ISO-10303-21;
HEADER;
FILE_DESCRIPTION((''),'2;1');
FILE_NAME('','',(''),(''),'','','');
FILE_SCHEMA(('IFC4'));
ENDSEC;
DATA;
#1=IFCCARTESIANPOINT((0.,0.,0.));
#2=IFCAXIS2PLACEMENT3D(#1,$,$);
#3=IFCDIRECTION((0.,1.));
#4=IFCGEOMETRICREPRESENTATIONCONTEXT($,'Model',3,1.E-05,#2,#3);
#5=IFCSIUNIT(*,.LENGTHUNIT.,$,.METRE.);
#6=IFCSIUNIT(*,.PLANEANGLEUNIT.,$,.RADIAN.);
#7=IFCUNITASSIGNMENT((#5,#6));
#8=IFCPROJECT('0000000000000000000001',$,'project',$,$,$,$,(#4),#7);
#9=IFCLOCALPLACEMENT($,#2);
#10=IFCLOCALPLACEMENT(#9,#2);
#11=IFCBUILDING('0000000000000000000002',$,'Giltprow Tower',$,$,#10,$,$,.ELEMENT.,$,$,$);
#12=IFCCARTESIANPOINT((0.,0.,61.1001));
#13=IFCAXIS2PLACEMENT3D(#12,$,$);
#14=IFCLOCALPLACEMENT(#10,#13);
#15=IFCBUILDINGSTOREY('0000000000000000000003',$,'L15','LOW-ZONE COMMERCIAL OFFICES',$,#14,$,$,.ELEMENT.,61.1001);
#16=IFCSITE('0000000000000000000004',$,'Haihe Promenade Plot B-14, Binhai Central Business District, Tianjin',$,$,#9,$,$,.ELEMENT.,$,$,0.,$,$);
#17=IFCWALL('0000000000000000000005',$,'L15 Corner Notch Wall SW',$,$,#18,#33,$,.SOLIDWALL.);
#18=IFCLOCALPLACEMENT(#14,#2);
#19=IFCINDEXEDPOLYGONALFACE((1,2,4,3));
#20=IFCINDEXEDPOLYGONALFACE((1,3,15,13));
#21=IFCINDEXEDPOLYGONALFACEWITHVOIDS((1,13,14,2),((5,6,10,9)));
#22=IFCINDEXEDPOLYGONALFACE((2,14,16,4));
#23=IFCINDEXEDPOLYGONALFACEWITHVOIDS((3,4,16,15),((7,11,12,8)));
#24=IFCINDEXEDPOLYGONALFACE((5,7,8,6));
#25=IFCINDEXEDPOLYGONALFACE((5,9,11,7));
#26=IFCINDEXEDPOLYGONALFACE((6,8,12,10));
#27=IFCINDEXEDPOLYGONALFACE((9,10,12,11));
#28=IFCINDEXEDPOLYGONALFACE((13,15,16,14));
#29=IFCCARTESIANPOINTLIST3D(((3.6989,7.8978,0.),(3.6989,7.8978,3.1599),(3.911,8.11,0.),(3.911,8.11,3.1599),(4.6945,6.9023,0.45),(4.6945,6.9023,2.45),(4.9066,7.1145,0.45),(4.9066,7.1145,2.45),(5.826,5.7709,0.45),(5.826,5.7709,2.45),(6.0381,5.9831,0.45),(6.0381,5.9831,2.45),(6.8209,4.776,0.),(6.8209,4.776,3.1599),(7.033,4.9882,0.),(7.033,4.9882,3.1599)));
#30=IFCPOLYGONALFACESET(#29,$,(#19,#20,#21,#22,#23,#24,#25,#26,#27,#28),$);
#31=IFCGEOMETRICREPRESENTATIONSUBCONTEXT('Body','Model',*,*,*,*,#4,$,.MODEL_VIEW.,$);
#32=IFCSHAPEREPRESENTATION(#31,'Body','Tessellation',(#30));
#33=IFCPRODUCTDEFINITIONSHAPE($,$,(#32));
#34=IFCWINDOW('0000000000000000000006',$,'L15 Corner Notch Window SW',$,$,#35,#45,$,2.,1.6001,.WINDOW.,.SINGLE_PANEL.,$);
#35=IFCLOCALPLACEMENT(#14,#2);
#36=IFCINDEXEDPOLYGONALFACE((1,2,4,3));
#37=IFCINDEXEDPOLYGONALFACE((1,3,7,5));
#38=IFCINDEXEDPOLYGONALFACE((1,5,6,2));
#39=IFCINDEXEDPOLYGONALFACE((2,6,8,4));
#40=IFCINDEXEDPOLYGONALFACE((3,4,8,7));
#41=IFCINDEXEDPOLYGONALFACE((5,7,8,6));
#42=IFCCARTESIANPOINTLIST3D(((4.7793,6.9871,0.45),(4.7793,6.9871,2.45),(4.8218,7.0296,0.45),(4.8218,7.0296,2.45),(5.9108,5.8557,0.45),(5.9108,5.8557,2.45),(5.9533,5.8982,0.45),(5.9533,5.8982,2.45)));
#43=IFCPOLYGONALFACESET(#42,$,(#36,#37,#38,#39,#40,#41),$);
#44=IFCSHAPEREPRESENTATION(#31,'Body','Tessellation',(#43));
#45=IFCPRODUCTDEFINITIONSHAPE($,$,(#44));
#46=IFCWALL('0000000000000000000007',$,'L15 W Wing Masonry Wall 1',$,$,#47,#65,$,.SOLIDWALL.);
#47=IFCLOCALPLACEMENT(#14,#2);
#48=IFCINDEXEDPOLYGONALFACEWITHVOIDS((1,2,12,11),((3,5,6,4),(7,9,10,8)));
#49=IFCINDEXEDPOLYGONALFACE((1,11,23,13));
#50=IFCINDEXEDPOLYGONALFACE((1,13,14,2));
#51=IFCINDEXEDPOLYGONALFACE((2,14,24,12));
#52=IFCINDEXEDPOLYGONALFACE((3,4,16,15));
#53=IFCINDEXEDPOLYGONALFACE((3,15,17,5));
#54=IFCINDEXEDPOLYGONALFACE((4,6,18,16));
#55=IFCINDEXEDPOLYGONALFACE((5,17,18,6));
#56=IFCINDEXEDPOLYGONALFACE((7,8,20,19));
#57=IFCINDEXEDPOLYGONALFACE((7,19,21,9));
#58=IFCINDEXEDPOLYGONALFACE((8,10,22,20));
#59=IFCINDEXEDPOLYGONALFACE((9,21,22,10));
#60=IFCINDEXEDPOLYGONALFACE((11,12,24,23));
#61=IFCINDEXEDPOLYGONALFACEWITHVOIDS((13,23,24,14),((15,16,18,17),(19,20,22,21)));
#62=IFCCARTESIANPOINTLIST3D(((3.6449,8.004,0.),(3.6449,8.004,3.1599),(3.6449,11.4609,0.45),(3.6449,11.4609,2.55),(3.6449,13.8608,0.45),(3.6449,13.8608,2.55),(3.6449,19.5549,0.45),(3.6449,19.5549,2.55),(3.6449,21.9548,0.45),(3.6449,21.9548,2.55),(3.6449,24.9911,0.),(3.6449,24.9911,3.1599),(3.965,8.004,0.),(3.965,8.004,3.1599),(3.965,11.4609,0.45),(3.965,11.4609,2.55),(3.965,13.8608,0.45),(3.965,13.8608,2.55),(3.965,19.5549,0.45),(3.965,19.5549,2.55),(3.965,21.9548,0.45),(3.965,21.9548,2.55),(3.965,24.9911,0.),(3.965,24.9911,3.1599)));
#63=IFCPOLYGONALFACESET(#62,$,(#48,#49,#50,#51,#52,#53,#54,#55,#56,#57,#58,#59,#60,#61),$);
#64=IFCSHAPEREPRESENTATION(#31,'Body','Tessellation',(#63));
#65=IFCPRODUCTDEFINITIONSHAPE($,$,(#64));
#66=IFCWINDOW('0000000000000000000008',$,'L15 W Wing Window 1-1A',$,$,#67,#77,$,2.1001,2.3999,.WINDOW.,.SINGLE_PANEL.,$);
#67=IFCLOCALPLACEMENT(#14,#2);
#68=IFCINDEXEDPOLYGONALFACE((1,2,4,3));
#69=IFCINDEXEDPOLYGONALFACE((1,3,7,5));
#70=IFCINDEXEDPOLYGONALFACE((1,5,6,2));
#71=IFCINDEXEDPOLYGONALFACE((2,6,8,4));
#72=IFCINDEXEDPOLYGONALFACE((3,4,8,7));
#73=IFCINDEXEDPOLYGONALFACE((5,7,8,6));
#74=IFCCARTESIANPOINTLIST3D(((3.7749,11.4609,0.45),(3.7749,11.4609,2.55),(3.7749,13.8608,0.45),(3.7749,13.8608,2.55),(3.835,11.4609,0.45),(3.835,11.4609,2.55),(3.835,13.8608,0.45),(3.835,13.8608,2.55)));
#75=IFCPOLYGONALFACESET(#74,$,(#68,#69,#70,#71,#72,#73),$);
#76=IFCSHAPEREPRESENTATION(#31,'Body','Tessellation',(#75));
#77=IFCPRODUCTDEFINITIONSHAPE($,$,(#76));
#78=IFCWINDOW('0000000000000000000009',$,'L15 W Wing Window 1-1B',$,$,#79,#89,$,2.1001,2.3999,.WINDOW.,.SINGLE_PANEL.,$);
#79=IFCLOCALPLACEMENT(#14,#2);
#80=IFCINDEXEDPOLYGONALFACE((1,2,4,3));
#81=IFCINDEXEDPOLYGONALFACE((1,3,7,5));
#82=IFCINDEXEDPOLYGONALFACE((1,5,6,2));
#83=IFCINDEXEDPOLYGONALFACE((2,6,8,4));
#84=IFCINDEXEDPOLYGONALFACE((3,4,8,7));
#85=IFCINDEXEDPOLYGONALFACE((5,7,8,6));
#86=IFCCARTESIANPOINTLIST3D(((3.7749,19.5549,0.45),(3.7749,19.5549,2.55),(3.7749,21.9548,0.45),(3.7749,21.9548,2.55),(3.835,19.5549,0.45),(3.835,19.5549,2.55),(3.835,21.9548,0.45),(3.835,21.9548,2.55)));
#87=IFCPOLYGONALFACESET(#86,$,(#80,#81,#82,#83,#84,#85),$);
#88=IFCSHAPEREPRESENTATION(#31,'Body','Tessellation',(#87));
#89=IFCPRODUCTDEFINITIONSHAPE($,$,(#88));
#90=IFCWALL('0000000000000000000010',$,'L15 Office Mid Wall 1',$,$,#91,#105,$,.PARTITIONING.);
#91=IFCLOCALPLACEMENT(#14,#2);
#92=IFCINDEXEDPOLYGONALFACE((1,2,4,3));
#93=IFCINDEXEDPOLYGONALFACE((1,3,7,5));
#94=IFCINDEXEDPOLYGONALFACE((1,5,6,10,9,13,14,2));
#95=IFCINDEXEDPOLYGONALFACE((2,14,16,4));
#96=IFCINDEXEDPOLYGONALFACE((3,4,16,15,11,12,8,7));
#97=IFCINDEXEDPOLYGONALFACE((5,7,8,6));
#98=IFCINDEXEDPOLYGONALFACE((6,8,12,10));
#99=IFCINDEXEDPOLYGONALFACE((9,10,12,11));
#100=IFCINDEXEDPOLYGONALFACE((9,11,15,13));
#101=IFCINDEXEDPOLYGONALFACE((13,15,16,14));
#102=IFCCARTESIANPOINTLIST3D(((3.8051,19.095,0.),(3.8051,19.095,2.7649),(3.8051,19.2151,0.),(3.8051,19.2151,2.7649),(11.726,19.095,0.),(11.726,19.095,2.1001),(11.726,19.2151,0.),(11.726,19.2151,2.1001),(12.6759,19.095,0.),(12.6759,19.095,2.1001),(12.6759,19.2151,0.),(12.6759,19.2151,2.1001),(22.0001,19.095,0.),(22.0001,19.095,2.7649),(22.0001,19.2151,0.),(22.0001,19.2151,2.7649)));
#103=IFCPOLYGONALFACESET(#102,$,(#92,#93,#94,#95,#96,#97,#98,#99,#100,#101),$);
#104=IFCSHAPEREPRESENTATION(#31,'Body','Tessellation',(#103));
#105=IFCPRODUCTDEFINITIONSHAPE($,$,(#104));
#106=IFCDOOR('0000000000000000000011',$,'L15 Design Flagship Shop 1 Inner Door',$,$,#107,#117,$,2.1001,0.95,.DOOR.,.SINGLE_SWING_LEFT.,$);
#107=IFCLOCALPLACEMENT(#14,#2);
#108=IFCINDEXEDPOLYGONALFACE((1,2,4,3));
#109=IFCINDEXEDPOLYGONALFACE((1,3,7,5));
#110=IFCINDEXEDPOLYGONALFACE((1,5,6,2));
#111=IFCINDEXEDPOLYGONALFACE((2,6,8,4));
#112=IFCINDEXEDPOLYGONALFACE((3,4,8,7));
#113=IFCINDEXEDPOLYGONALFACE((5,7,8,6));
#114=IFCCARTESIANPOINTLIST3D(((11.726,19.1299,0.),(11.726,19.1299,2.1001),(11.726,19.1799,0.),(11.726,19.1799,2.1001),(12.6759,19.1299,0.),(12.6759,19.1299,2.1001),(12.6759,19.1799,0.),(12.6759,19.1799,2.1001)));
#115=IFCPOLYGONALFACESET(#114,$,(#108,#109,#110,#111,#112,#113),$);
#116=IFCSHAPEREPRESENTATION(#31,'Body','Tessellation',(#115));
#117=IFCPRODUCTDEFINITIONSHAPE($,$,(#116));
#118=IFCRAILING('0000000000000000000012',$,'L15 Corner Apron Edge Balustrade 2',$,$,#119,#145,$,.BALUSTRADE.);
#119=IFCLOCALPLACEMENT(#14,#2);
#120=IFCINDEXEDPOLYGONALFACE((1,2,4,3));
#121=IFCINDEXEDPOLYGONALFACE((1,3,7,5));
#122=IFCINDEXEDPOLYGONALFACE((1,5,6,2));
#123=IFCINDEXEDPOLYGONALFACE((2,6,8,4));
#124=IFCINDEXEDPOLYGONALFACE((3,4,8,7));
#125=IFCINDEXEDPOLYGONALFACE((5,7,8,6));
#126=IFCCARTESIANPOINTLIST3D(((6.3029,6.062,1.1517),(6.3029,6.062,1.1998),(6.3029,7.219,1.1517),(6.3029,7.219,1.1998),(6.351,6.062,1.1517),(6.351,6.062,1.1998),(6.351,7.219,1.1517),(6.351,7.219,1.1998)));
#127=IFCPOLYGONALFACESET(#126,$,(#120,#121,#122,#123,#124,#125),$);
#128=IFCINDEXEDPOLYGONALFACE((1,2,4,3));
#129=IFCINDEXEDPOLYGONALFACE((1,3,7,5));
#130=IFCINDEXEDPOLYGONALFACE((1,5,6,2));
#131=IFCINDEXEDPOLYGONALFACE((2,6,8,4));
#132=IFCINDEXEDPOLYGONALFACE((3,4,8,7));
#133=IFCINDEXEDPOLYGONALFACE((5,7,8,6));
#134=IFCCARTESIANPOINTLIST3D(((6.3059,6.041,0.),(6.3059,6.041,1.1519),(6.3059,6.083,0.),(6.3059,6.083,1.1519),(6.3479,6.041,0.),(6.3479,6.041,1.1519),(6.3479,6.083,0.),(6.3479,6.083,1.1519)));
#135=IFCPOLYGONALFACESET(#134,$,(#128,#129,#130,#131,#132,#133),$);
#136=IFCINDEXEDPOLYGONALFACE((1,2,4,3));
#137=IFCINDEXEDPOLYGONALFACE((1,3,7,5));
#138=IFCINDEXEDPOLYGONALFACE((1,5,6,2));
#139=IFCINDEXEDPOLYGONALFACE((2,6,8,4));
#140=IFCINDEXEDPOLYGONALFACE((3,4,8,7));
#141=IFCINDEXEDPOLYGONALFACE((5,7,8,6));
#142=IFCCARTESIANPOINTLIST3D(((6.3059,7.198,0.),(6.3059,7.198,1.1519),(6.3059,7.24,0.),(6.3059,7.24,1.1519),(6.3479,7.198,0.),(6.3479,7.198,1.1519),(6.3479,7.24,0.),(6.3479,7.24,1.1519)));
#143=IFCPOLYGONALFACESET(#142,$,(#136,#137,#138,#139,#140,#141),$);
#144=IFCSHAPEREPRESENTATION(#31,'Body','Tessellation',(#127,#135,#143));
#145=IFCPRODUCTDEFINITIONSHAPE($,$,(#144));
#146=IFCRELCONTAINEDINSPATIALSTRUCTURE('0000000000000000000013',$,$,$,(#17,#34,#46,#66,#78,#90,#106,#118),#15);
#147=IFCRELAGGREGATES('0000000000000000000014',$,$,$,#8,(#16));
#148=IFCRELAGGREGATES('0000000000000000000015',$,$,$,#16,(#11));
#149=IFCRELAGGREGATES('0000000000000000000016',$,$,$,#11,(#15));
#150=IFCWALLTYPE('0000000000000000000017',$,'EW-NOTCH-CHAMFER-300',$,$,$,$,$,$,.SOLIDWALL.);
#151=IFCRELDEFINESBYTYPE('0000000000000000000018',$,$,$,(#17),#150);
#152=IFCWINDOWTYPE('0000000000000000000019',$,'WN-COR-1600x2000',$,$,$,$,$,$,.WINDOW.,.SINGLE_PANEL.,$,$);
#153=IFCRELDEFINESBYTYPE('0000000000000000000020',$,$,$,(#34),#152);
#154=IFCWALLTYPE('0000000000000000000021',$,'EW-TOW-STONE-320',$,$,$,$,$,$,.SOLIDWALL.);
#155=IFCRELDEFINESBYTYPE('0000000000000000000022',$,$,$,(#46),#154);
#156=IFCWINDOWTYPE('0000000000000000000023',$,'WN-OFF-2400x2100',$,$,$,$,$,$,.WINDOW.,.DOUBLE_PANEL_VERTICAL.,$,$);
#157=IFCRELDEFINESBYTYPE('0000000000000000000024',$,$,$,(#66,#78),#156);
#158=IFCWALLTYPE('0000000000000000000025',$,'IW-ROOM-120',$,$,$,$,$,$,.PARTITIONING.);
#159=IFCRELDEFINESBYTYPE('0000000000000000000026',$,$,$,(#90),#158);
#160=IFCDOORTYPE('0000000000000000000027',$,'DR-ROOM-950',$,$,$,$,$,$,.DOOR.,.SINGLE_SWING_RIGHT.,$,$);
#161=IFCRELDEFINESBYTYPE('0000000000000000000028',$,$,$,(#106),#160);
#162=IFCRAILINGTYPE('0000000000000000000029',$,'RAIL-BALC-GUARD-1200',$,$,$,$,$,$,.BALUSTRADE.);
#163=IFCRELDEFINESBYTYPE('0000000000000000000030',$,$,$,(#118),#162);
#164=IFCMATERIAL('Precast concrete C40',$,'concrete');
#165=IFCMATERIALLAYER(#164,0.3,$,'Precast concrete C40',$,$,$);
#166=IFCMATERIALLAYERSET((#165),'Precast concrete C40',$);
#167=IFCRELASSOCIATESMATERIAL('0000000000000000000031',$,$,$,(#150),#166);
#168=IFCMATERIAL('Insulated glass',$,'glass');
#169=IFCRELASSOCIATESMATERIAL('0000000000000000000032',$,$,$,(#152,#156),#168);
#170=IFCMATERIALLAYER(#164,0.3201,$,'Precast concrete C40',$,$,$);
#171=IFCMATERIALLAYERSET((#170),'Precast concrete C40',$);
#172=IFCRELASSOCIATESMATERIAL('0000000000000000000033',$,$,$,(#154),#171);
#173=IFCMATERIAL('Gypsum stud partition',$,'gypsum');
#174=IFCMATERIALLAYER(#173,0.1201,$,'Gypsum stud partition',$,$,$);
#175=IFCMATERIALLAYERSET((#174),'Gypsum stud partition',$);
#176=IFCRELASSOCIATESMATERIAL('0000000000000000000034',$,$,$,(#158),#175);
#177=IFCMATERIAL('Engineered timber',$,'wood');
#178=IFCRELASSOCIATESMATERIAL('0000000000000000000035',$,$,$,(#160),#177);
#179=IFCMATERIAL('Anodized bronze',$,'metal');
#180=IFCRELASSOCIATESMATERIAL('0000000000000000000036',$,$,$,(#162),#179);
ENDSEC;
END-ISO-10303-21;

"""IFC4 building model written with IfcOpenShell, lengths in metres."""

from ifc_helpers import new_model, si_unit, direction, frame, frame_2d, origin, origin_2d, place, context, subcontext, project, spatial, rectangle, extrude, source, transform, mapped, material, layer, layer_set, type_object, element, fill, save


model = new_model("IFC4")

# Units and contexts
model_context = context("Model", 3, precision=1e-05, world=origin(), true_north=direction((0.0, 1.0)))
body_context = subcontext(model_context, "Body", "Model", "MODEL_VIEW")
ifc_project = project(units=[si_unit("LENGTHUNIT", "METRE"), si_unit("PLANEANGLEUNIT", "RADIAN")], contexts=[model_context])

# Site, building, storey
site_placement = place(None, origin())
site = spatial("IfcSite", under=ifc_project, at=site_placement, Name="Haihe Promenade Plot B-14, Binhai Central Business District, Tianjin", CompositionType="ELEMENT", RefElevation=0.0)
building_placement = place(site_placement, origin())
building = spatial("IfcBuilding", under=site, at=building_placement, Name="Giltprow Tower", CompositionType="ELEMENT")
storey_placement = place(building_placement, frame((0.0, 0.0, 61.1001)))
storey = spatial("IfcBuildingStorey", under=building, at=storey_placement, Name="L15", Description="LOW-ZONE COMMERCIAL OFFICES", CompositionType="ELEMENT", Elevation=61.1001)

# Shared definitions
ifc_material_1 = material(Name="Anodized bronze", Category="metal")
ifc_material_2 = material(Name="Insulated glass", Category="glass")

# Wall, opening, window
ifc_material_3 = material(Name="Precast concrete C40", Category="concrete")
ifc_layer_1 = layer(ifc_material_3, 0.3, Name="Precast concrete C40")
ifc_layer_set_1 = layer_set([ifc_layer_1], Name="Precast concrete C40")
wall_type_1 = type_object("IfcWallType", Name="EW-NOTCH-CHAMFER-300", PredefinedType="SOLIDWALL", material=ifc_layer_set_1)
wall_1_placement = place(storey_placement, frame((3.8049, 8.0039, 0.0), z_axis=(0.0, 0.0, 1.0), x_axis=(0.707134, -0.707079, 0.0)))
wall_1 = element("IfcWall", 1, at=wall_1_placement, inside=storey, type_object=wall_type_1, Name="L15 Corner Notch Wall SW", PredefinedType="SOLIDWALL", context=body_context, shape_type="SweptSolid", body=[
    extrude(rectangle(XDim=4.415, YDim=0.3, at=frame_2d((2.2075, 0.0))), origin(), (0.0, 0.0, 1.0), 3.1599),
])
opening_1_placement = place(wall_1_placement, frame((1.408, 0.0, 0.45)))
opening_1 = element("IfcOpeningElement", 2, at=opening_1_placement, cuts=wall_1, PredefinedType="OPENING", context=body_context, shape_type="SweptSolid", body=[
    extrude(rectangle(XDim=1.6001, YDim=2.0, at=frame_2d((0.8, 1.0))), frame((0.0, 0.1599, 0.0), z_axis=(0.0, -1.0, 0.0), x_axis=(1.0, 0.0, 0.0)), (0.0, 0.0, 1.0), 0.3201),
])
window_type_1 = type_object("IfcWindowType", Name="WN-COR-1600x2000", PartitioningType="SINGLE_PANEL", PredefinedType="WINDOW", material=ifc_material_2)
shared_shape_1 = source(origin(), body_context, "Body", "SweptSolid", [
    extrude(rectangle(XDim=1.6001, YDim=2.0, at=frame_2d((0.8, 1.0))), frame((0.0, 0.03, 0.0), z_axis=(0.0, -1.0, 0.0), x_axis=(1.0, 0.0, 0.0)), (0.0, 0.0, 1.0), 0.0601),
])
window_1_placement = place(opening_1_placement, origin())
window_1 = element("IfcWindow", 3, at=window_1_placement, inside=storey, type_object=window_type_1, Name="L15 Corner Notch Window SW", OverallHeight=2.0, OverallWidth=1.6001, PartitioningType="SINGLE_PANEL", PredefinedType="WINDOW", context=body_context, shape_type="MappedRepresentation", body=[
    mapped(shared_shape_1, transform((0.0, 0.0, 0.0), x_axis=(1.0, 0.0, 0.0), y_axis=(0.0, 1.0, 0.0), z_axis=(0.0, 0.0, 1.0), scale=1.0)),
])
fill(opening_1, window_1)

# Wall, openings, windows
ifc_layer_2 = layer(ifc_material_3, 0.3201, Name="Precast concrete C40")
ifc_layer_set_2 = layer_set([ifc_layer_2], Name="Precast concrete C40")
wall_type_2 = type_object("IfcWallType", Name="EW-TOW-STONE-320", PredefinedType="SOLIDWALL", material=ifc_layer_set_2)
wall_2_placement = place(storey_placement, frame((3.8049, 8.0039, 0.0), z_axis=(0.0, 0.0, 1.0), x_axis=(0.0, 1.0, 0.0)))
wall_2 = element("IfcWall", 4, at=wall_2_placement, inside=storey, type_object=wall_type_2, Name="L15 W Wing Masonry Wall 1", PredefinedType="SOLIDWALL", context=body_context, shape_type="SweptSolid", body=[
    extrude(rectangle(XDim=16.9871, YDim=0.3201, at=frame_2d((8.4937, 0.0))), origin(), (0.0, 0.0, 1.0), 3.1599),
])
opening_2_placement = place(wall_2_placement, frame((3.457, 0.0, 0.45)))
opening_2 = element("IfcOpeningElement", 5, at=opening_2_placement, cuts=wall_2, PredefinedType="OPENING", context=body_context, shape_type="SweptSolid", body=[
    extrude(rectangle(XDim=2.3999, YDim=2.1001, at=frame_2d((1.2, 1.05))), frame((0.0, 0.1699, 0.0), z_axis=(0.0, -1.0, 0.0), x_axis=(1.0, 0.0, 0.0)), (0.0, 0.0, 1.0), 0.3401),
])
opening_3_placement = place(wall_2_placement, frame((11.551, 0.0, 0.45)))
opening_3 = element("IfcOpeningElement", 6, at=opening_3_placement, cuts=wall_2, PredefinedType="OPENING", context=body_context, shape_type="SweptSolid", body=[
    extrude(rectangle(XDim=2.3999, YDim=2.1001, at=frame_2d((1.2, 1.05))), frame((0.0, 0.1699, 0.0), z_axis=(0.0, -1.0, 0.0), x_axis=(1.0, 0.0, 0.0)), (0.0, 0.0, 1.0), 0.3401),
])
window_type_2 = type_object("IfcWindowType", Name="WN-OFF-2400x2100", PartitioningType="DOUBLE_PANEL_VERTICAL", PredefinedType="WINDOW", material=ifc_material_2)
shared_shape_2 = source(origin(), body_context, "Body", "SweptSolid", [
    extrude(rectangle(XDim=2.3999, YDim=2.1001, at=frame_2d((1.2, 1.05))), frame((0.0, 0.03, 0.0), z_axis=(0.0, -1.0, 0.0), x_axis=(1.0, 0.0, 0.0)), (0.0, 0.0, 1.0), 0.0601),
])
window_2_placement = place(opening_2_placement, origin())
window_2 = element("IfcWindow", 7, at=window_2_placement, inside=storey, type_object=window_type_2, Name="L15 W Wing Window 1-1A", OverallHeight=2.1001, OverallWidth=2.3999, PartitioningType="SINGLE_PANEL", PredefinedType="WINDOW", context=body_context, shape_type="MappedRepresentation", body=[
    mapped(shared_shape_2, transform((0.0, 0.0, 0.0), x_axis=(1.0, 0.0, 0.0), y_axis=(0.0, 1.0, 0.0), z_axis=(0.0, 0.0, 1.0), scale=1.0)),
])
fill(opening_2, window_2)
window_3_placement = place(opening_3_placement, origin())
window_3 = element("IfcWindow", 8, at=window_3_placement, inside=storey, type_object=window_type_2, Name="L15 W Wing Window 1-1B", OverallHeight=2.1001, OverallWidth=2.3999, PartitioningType="SINGLE_PANEL", PredefinedType="WINDOW", context=body_context, shape_type="MappedRepresentation", body=[
    mapped(shared_shape_2, transform((0.0, 0.0, 0.0), x_axis=(1.0, 0.0, 0.0), y_axis=(0.0, 1.0, 0.0), z_axis=(0.0, 0.0, 1.0), scale=1.0)),
])
fill(opening_3, window_3)

# Wall, opening, door
ifc_material_4 = material(Name="Gypsum stud partition", Category="gypsum")
ifc_layer_3 = layer(ifc_material_4, 0.1201, Name="Gypsum stud partition")
ifc_layer_set_3 = layer_set([ifc_layer_3], Name="Gypsum stud partition")
wall_type_3 = type_object("IfcWallType", Name="IW-ROOM-120", PredefinedType="PARTITIONING", material=ifc_layer_set_3)
wall_3_placement = place(storey_placement, frame((3.8049, 19.155, 0.0), z_axis=(0.0, 0.0, 1.0), x_axis=(1.0, 0.0, 0.0)))
wall_3 = element("IfcWall", 9, at=wall_3_placement, inside=storey, type_object=wall_type_3, Name="L15 Office Mid Wall 1", PredefinedType="PARTITIONING", context=body_context, shape_type="SweptSolid", body=[
    extrude(rectangle(XDim=18.1951, YDim=0.1201, at=frame_2d((9.0977, 0.0))), origin(), (0.0, 0.0, 1.0), 2.7649),
])
opening_4_placement = place(wall_3_placement, frame((7.9209, 0.0, 0.0)))
opening_4 = element("IfcOpeningElement", 10, at=opening_4_placement, cuts=wall_3, PredefinedType="OPENING", context=body_context, shape_type="SweptSolid", body=[
    extrude(rectangle(XDim=0.95, YDim=2.1001, at=frame_2d((0.4751, 1.05))), frame((0.0, 0.0701, 0.0), z_axis=(0.0, -1.0, 0.0), x_axis=(1.0, 0.0, 0.0)), (0.0, 0.0, 1.0), 0.1401),
])
ifc_material_5 = material(Name="Engineered timber", Category="wood")
door_type = type_object("IfcDoorType", Name="DR-ROOM-950", OperationType="SINGLE_SWING_RIGHT", PredefinedType="DOOR", material=ifc_material_5)
shared_shape_3 = source(origin(), body_context, "Body", "SweptSolid", [
    extrude(rectangle(XDim=0.95, YDim=2.1001, at=frame_2d((0.4751, 1.05))), frame((0.0, 0.0249, 0.0), z_axis=(0.0, -1.0, 0.0), x_axis=(1.0, 0.0, 0.0)), (0.0, 0.0, 1.0), 0.05),
])
door_placement = place(opening_4_placement, origin())
door = element("IfcDoor", 11, at=door_placement, inside=storey, type_object=door_type, Name="L15 Design Flagship Shop 1 Inner Door", OperationType="SINGLE_SWING_LEFT", OverallHeight=2.1001, OverallWidth=0.95, PredefinedType="DOOR", context=body_context, shape_type="MappedRepresentation", body=[
    mapped(shared_shape_3, transform((0.0, 0.0, 0.0), x_axis=(1.0, 0.0, 0.0), y_axis=(0.0, 1.0, 0.0), z_axis=(0.0, 0.0, 1.0), scale=1.0)),
])
fill(opening_4, door)

# Railing
railing_type = type_object("IfcRailingType", Name="RAIL-BALC-GUARD-1200", PredefinedType="BALUSTRADE", material=ifc_material_1)
railing_1_placement = place(storey_placement, frame((6.3269, 6.062, 0.0)))
element("IfcRailing", 12, at=railing_1_placement, inside=storey, type_object=railing_type, Name="L15 Corner Apron Edge Balustrade 2", PredefinedType="BALUSTRADE", context=body_context, shape_type="SweptSolid", body=[
    extrude(rectangle(XDim=0.0481, YDim=0.0481, at=origin_2d()), frame((0.0, 0.0, 1.1758), z_axis=(0.0, 1.0, 0.0), x_axis=(-1.0, 0.0, 0.0)), (0.0, 0.0, 1.0), 1.157),
    extrude(rectangle(XDim=0.042, YDim=0.042, at=origin_2d()), origin(), (0.0, 0.0, 1.0), 1.1519),
    extrude(rectangle(XDim=0.042, YDim=0.042, at=origin_2d()), frame((0.0, 1.157, 0.0)), (0.0, 0.0, 1.0), 1.1519),
])

save(model, "model.ifc")
